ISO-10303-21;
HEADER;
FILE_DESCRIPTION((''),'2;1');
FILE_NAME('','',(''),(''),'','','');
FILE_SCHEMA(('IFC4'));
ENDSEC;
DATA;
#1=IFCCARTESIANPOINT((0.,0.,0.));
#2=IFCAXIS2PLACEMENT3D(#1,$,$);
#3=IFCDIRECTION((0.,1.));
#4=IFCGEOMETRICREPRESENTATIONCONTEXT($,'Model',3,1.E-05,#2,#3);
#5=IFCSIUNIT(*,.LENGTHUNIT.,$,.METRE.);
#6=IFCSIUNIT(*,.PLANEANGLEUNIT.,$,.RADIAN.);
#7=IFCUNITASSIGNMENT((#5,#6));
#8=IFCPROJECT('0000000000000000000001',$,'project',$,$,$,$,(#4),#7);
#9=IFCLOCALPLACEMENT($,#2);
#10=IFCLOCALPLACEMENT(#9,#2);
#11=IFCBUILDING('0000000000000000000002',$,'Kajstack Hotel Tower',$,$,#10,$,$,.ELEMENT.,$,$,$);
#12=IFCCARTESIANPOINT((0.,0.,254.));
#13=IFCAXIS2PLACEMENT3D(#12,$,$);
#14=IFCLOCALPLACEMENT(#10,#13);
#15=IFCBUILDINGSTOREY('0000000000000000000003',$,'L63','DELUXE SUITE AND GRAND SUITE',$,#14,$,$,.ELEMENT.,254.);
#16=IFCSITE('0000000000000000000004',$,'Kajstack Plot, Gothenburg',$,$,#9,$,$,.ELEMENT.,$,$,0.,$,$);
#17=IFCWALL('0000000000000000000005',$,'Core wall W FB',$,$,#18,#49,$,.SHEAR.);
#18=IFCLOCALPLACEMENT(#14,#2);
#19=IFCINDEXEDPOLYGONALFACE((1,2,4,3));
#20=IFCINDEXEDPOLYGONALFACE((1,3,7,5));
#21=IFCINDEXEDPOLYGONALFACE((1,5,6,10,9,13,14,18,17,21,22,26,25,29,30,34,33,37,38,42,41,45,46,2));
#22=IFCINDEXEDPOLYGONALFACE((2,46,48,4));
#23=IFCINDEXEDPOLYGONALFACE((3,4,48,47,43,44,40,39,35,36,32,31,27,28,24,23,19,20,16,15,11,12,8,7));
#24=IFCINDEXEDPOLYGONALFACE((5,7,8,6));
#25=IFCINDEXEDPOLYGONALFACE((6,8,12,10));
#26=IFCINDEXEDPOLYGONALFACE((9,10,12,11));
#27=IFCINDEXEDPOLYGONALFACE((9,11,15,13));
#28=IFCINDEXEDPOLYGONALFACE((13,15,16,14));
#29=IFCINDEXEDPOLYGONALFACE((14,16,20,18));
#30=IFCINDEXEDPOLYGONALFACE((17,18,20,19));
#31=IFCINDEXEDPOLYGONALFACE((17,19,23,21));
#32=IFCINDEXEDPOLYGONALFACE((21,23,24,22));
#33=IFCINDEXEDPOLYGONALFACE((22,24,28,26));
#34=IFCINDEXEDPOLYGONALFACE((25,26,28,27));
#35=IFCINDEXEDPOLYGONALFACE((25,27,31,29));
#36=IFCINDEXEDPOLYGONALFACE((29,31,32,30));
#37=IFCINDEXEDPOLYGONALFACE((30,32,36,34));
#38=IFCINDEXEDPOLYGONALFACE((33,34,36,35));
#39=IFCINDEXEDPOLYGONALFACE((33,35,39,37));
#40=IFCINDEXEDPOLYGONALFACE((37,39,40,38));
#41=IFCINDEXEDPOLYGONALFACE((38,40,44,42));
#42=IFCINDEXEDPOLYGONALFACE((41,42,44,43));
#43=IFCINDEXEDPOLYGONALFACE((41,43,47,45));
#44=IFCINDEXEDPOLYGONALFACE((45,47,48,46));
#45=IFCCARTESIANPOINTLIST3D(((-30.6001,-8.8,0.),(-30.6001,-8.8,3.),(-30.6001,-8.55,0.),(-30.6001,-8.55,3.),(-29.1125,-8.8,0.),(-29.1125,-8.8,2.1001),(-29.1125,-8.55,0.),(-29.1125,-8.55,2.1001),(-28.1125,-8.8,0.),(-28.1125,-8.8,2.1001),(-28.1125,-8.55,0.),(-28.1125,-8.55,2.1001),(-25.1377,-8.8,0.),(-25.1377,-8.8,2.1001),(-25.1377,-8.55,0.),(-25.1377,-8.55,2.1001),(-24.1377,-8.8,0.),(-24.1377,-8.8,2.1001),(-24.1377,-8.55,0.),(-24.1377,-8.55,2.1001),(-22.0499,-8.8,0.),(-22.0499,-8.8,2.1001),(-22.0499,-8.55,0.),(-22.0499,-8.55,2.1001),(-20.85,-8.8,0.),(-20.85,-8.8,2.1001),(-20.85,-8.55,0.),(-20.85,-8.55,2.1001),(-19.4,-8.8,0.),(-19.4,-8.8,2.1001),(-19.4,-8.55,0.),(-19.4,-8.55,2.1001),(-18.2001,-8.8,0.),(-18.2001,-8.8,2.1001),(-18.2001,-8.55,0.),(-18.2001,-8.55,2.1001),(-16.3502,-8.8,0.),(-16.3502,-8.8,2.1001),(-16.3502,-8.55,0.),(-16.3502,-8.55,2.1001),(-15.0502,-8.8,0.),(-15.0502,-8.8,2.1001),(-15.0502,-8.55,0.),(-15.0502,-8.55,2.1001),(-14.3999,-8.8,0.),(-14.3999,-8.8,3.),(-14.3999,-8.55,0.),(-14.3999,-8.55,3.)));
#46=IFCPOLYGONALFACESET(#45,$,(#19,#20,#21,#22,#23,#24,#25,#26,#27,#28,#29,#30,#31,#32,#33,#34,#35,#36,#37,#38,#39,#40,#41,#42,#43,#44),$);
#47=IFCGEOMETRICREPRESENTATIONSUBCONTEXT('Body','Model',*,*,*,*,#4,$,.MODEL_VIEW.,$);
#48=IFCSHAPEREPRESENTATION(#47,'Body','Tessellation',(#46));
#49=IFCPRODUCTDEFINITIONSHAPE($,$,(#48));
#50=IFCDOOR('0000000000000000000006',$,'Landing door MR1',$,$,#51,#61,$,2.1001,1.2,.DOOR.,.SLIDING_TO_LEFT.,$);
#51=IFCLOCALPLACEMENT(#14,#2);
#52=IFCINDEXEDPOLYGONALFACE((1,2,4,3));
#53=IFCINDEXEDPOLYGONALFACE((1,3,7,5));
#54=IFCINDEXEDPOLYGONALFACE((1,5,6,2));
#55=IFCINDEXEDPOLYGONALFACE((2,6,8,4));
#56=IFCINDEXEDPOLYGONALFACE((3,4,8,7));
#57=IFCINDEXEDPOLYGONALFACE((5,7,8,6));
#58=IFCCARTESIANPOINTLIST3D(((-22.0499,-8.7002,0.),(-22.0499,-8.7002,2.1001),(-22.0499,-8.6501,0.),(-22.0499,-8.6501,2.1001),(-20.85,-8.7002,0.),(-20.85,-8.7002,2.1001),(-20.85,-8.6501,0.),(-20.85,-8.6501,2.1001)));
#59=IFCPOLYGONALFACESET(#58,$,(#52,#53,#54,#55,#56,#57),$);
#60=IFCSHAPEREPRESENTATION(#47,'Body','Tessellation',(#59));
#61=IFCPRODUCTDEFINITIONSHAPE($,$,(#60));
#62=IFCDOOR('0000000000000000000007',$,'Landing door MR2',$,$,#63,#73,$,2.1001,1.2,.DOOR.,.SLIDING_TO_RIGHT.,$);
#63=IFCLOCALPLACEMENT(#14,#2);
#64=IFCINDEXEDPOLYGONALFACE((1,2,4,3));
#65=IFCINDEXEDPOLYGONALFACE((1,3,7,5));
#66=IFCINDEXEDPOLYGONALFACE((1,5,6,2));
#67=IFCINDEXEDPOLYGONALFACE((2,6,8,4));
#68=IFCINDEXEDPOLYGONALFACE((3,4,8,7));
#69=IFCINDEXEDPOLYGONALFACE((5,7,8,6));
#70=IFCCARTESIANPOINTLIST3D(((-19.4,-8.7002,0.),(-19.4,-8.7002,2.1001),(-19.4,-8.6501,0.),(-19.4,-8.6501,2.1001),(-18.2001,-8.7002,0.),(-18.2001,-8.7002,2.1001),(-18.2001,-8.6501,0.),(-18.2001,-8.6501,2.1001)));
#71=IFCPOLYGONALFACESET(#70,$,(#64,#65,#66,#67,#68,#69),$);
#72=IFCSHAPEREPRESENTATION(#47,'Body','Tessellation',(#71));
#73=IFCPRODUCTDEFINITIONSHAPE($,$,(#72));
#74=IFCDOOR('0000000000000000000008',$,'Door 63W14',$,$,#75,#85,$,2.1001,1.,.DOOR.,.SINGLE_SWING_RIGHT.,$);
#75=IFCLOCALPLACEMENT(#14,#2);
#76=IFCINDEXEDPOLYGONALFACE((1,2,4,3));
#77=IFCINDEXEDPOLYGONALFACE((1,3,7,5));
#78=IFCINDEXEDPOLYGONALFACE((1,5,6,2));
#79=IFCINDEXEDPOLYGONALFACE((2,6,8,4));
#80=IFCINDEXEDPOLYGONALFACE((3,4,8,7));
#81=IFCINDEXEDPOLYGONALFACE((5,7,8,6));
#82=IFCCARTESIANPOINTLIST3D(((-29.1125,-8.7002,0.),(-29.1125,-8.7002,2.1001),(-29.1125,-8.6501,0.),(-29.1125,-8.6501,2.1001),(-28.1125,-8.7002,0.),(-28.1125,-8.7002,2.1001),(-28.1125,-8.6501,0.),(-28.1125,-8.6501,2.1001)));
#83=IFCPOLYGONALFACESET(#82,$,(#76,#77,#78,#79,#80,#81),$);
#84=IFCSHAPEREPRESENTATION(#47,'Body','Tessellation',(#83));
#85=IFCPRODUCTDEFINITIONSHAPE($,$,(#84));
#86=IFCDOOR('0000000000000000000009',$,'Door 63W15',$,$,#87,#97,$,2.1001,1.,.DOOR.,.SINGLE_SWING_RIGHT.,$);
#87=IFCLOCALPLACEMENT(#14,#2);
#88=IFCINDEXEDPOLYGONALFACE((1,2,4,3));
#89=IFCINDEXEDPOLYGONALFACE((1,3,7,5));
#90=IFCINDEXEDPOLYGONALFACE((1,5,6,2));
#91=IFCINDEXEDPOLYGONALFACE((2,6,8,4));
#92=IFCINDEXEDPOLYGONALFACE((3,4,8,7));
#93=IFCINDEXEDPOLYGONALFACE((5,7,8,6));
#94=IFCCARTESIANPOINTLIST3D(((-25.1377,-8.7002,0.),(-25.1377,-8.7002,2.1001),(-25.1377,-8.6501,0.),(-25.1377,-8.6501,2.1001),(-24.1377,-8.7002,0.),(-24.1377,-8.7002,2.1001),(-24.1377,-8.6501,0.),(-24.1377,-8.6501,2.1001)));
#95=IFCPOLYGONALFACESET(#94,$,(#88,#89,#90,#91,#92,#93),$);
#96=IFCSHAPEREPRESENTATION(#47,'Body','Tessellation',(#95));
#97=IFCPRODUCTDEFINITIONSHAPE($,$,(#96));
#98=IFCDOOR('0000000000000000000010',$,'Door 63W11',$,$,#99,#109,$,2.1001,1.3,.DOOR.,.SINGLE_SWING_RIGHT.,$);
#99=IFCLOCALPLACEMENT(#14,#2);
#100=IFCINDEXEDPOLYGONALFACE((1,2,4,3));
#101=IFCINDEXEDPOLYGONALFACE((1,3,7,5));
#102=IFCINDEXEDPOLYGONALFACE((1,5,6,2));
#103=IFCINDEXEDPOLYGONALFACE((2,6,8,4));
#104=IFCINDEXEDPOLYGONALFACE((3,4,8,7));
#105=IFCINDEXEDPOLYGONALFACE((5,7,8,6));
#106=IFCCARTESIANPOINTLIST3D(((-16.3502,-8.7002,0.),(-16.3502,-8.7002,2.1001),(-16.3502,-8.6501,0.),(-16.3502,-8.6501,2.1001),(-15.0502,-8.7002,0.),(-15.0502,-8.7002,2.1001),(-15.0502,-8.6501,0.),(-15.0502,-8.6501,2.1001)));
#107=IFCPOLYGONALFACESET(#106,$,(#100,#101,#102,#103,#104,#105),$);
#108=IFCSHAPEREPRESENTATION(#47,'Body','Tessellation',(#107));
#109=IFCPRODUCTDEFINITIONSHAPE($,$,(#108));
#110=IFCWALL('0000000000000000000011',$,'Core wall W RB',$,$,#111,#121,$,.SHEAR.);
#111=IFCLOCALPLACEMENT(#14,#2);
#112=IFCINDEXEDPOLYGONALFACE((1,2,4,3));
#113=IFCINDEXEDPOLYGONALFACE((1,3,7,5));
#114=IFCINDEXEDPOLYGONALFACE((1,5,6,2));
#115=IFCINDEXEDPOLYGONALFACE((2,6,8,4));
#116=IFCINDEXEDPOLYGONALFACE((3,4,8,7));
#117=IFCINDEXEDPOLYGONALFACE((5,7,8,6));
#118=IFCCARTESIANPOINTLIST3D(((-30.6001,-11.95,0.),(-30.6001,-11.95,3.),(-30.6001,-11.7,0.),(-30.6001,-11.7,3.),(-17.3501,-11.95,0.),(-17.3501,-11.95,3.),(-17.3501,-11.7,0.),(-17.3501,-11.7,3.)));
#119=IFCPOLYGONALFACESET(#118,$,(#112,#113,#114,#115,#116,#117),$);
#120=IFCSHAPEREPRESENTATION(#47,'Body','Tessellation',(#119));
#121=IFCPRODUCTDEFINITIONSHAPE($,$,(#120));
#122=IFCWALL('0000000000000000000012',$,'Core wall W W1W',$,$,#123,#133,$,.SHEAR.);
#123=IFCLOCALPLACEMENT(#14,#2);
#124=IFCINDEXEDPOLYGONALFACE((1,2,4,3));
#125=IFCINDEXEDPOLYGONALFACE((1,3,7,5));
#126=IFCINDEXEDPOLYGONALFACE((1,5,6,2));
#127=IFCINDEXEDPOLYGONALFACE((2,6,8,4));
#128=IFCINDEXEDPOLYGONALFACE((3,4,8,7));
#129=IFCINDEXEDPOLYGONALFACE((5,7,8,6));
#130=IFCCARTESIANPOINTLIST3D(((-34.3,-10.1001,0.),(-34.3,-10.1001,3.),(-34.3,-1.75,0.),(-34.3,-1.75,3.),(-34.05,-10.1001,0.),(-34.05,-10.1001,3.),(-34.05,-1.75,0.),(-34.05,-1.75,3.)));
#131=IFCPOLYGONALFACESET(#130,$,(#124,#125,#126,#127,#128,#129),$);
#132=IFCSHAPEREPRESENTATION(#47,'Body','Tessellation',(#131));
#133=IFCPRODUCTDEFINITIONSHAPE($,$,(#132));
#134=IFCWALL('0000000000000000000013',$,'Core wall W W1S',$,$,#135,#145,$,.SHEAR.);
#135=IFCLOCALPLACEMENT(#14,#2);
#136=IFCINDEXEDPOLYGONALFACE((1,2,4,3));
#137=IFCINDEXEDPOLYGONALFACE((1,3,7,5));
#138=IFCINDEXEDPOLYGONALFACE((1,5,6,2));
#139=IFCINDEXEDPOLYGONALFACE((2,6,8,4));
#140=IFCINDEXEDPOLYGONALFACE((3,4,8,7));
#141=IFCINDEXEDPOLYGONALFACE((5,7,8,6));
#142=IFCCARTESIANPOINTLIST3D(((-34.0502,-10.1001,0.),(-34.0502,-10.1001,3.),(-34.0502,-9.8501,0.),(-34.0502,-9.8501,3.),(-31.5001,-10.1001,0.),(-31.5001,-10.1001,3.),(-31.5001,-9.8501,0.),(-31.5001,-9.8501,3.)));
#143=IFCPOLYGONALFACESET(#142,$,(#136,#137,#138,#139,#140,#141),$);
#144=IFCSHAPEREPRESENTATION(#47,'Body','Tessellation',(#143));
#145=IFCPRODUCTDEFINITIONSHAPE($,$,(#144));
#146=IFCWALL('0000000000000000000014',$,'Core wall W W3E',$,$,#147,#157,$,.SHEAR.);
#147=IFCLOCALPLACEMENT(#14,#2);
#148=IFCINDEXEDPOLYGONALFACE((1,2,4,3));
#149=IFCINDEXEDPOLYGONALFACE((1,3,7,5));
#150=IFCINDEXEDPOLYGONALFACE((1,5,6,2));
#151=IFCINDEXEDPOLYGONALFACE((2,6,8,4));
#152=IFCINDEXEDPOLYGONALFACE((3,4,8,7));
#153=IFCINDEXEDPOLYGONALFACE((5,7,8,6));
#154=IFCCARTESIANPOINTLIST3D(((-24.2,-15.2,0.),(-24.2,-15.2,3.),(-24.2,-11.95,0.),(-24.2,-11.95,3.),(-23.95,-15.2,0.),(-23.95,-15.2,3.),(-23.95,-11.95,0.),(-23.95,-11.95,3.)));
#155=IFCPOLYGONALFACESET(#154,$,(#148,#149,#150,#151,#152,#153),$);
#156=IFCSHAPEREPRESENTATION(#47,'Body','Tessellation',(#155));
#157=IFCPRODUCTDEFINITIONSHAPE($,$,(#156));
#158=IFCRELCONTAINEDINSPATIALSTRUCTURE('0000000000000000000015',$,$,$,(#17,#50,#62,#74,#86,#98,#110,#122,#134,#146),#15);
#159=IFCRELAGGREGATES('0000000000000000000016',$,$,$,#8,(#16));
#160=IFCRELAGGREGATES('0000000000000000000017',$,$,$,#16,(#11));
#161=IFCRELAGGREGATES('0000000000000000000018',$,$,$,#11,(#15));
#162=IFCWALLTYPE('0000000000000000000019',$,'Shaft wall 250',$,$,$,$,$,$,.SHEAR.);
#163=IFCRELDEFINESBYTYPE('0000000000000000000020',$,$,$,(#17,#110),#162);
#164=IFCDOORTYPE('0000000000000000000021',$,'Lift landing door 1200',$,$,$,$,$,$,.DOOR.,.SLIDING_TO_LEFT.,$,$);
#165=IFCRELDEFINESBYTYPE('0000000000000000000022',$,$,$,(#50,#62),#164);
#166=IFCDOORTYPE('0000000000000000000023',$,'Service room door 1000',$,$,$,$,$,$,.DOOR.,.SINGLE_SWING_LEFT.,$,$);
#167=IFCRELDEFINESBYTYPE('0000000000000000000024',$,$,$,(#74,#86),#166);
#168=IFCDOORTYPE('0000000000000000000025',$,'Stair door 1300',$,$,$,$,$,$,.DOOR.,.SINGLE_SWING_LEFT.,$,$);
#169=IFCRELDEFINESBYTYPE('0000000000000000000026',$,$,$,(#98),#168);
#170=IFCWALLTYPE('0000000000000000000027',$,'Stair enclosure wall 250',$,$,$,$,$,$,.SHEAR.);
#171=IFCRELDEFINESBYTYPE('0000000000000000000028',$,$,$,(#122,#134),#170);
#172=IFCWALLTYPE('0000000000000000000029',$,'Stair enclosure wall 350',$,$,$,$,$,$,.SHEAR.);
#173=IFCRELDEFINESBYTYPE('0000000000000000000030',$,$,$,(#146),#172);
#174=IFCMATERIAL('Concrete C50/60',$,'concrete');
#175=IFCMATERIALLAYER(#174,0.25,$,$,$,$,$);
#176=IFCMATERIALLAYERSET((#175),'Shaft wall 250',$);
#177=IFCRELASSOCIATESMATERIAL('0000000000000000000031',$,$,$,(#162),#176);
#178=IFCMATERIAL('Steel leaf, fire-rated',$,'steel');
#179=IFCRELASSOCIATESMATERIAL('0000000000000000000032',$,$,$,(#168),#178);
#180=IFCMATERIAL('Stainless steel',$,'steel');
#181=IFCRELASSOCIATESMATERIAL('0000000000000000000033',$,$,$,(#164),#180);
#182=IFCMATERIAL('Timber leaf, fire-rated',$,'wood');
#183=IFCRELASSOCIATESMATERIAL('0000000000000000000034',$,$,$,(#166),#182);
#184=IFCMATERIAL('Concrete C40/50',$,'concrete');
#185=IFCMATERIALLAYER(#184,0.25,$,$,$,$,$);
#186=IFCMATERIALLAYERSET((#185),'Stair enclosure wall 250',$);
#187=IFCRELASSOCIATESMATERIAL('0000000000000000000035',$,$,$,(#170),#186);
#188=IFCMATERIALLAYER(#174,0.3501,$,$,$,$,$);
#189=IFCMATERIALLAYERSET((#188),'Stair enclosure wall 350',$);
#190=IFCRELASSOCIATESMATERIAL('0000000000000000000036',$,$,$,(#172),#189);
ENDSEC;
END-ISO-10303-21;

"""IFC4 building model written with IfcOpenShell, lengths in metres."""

from ifc_helpers import new_model, si_unit, direction, frame, frame_2d, origin, place, context, subcontext, project, spatial, rectangle, extrude, material, layer, layer_set, type_object, element, fill, save


model = new_model("IFC4")

# Units and contexts
model_context = context("Model", 3, precision=1e-05, world=origin(), true_north=direction((0.0, 1.0)))
body_context = subcontext(model_context, "Body", "Model", "MODEL_VIEW")
ifc_project = project(units=[si_unit("LENGTHUNIT", "METRE"), si_unit("PLANEANGLEUNIT", "RADIAN")], contexts=[model_context])

# Site, building, storey
site_placement = place(None, origin())
site = spatial("IfcSite", under=ifc_project, at=site_placement, Name="Kajstack Plot, Gothenburg", CompositionType="ELEMENT", RefElevation=0.0)
building_placement = place(site_placement, origin())
building = spatial("IfcBuilding", under=site, at=building_placement, Name="Kajstack Hotel Tower", CompositionType="ELEMENT")
storey_placement = place(building_placement, frame((0.0, 0.0, 254.0)))
storey = spatial("IfcBuildingStorey", under=building, at=storey_placement, Name="L63", Description="DELUXE SUITE AND GRAND SUITE", CompositionType="ELEMENT", Elevation=254.0)

# Shared definitions
ifc_material_1 = material(Name="Stainless steel", Category="steel")

# Shared definitions
ifc_material_2 = material(Name="Concrete C40/50", Category="concrete")

# Shared definitions
ifc_material_3 = material(Name="Timber leaf, fire-rated", Category="wood")

# Wall, openings, doors
ifc_material_4 = material(Name="Concrete C50/60", Category="concrete")
ifc_layer_1 = layer(ifc_material_4, 0.25)
ifc_layer_set_1 = layer_set([ifc_layer_1], Name="Shaft wall 250")
wall_type_1 = type_object("IfcWallType", Name="Shaft wall 250", PredefinedType="SHEAR", material=ifc_layer_set_1)
ifc_material_5 = material(Name="Steel leaf, fire-rated", Category="steel")
door_type_1 = type_object("IfcDoorType", Name="Stair door 1300", OperationType="SINGLE_SWING_LEFT", PredefinedType="DOOR", material=ifc_material_5)
wall_1_placement = place(storey_placement, frame((-30.6001, -8.675, 0.0), z_axis=(0.0, 0.0, 1.0), x_axis=(1.0, 0.0, 0.0)))
wall_1 = element("IfcWall", 1, at=wall_1_placement, inside=storey, type_object=wall_type_1, Name="Core wall W FB", PredefinedType="SHEAR", context=body_context, shape_type="SweptSolid", body=[
    extrude(rectangle(XDim=16.2002, YDim=0.25, at=frame_2d((8.1001, 0.0))), origin(), (0.0, 0.0, 1.0), 3.0),
])
opening_1_placement = place(wall_1_placement, frame((8.55, 0.0, 0.0)))
opening_1 = element("IfcOpeningElement", 2, at=opening_1_placement, cuts=wall_1, PredefinedType="OPENING", context=body_context, shape_type="SweptSolid", body=[
    extrude(rectangle(XDim=1.2, YDim=2.1001, at=frame_2d((0.6001, 1.05))), frame((0.0, 0.135, 0.0), z_axis=(0.0, -1.0, 0.0), x_axis=(1.0, 0.0, 0.0)), (0.0, 0.0, 1.0), 0.27),
])
opening_2_placement = place(wall_1_placement, frame((11.2, 0.0, 0.0)))
opening_2 = element("IfcOpeningElement", 3, at=opening_2_placement, cuts=wall_1, PredefinedType="OPENING", context=body_context, shape_type="SweptSolid", body=[
    extrude(rectangle(XDim=1.2, YDim=2.1001, at=frame_2d((0.6001, 1.05))), frame((0.0, 0.135, 0.0), z_axis=(0.0, -1.0, 0.0), x_axis=(1.0, 0.0, 0.0)), (0.0, 0.0, 1.0), 0.27),
])
opening_3_placement = place(wall_1_placement, frame((14.25, 0.0, 0.0)))
opening_3 = element("IfcOpeningElement", 4, at=opening_3_placement, cuts=wall_1, PredefinedType="OPENING", context=body_context, shape_type="SweptSolid", body=[
    extrude(rectangle(XDim=1.3, YDim=2.1001, at=frame_2d((0.6499, 1.05))), frame((0.0, 0.135, 0.0), z_axis=(0.0, -1.0, 0.0), x_axis=(1.0, 0.0, 0.0)), (0.0, 0.0, 1.0), 0.27),
])
opening_4_placement = place(wall_1_placement, frame((1.4875, 0.0, 0.0)))
opening_4 = element("IfcOpeningElement", 5, at=opening_4_placement, cuts=wall_1, PredefinedType="OPENING", context=body_context, shape_type="SweptSolid", body=[
    extrude(rectangle(XDim=1.0, YDim=2.1001, at=frame_2d((0.5, 1.05))), frame((0.0, 0.135, 0.0), z_axis=(0.0, -1.0, 0.0), x_axis=(1.0, 0.0, 0.0)), (0.0, 0.0, 1.0), 0.27),
])
opening_5_placement = place(wall_1_placement, frame((5.4624, 0.0, 0.0)))
opening_5 = element("IfcOpeningElement", 6, at=opening_5_placement, cuts=wall_1, PredefinedType="OPENING", context=body_context, shape_type="SweptSolid", body=[
    extrude(rectangle(XDim=1.0, YDim=2.1001, at=frame_2d((0.5, 1.05))), frame((0.0, 0.135, 0.0), z_axis=(0.0, -1.0, 0.0), x_axis=(1.0, 0.0, 0.0)), (0.0, 0.0, 1.0), 0.27),
])
door_type_2 = type_object("IfcDoorType", Name="Lift landing door 1200", OperationType="SLIDING_TO_LEFT", PredefinedType="DOOR", material=ifc_material_1)
door_1_placement = place(opening_1_placement, origin())
door_1 = element("IfcDoor", 7, at=door_1_placement, inside=storey, type_object=door_type_2, Name="Landing door MR1", OperationType="SLIDING_TO_LEFT", OverallHeight=2.1001, OverallWidth=1.2, PredefinedType="DOOR", context=body_context, shape_type="SweptSolid", body=[
    extrude(rectangle(XDim=1.2, YDim=2.1001, at=frame_2d((0.6001, 1.05))), frame((0.0, 0.0249, 0.0), z_axis=(0.0, -1.0, 0.0), x_axis=(1.0, 0.0, 0.0)), (0.0, 0.0, 1.0), 0.05),
])
fill(opening_1, door_1)
door_2_placement = place(opening_2_placement, origin())
door_2 = element("IfcDoor", 8, at=door_2_placement, inside=storey, type_object=door_type_2, Name="Landing door MR2", OperationType="SLIDING_TO_RIGHT", OverallHeight=2.1001, OverallWidth=1.2, PredefinedType="DOOR", context=body_context, shape_type="SweptSolid", body=[
    extrude(rectangle(XDim=1.2, YDim=2.1001, at=frame_2d((0.6001, 1.05))), frame((0.0, 0.0249, 0.0), z_axis=(0.0, -1.0, 0.0), x_axis=(1.0, 0.0, 0.0)), (0.0, 0.0, 1.0), 0.05),
])
fill(opening_2, door_2)
door_type_3 = type_object("IfcDoorType", Name="Service room door 1000", OperationType="SINGLE_SWING_LEFT", PredefinedType="DOOR", material=ifc_material_3)
door_3_placement = place(opening_4_placement, origin())
door_3 = element("IfcDoor", 9, at=door_3_placement, inside=storey, type_object=door_type_3, Name="Door 63W14", OperationType="SINGLE_SWING_RIGHT", OverallHeight=2.1001, OverallWidth=1.0, PredefinedType="DOOR", context=body_context, shape_type="SweptSolid", body=[
    extrude(rectangle(XDim=1.0, YDim=2.1001, at=frame_2d((0.5, 1.05))), frame((0.0, 0.0249, 0.0), z_axis=(0.0, -1.0, 0.0), x_axis=(1.0, 0.0, 0.0)), (0.0, 0.0, 1.0), 0.05),
])
fill(opening_4, door_3)
door_4_placement = place(opening_5_placement, origin())
door_4 = element("IfcDoor", 10, at=door_4_placement, inside=storey, type_object=door_type_3, Name="Door 63W15", OperationType="SINGLE_SWING_RIGHT", OverallHeight=2.1001, OverallWidth=1.0, PredefinedType="DOOR", context=body_context, shape_type="SweptSolid", body=[
    extrude(rectangle(XDim=1.0, YDim=2.1001, at=frame_2d((0.5, 1.05))), frame((0.0, 0.0249, 0.0), z_axis=(0.0, -1.0, 0.0), x_axis=(1.0, 0.0, 0.0)), (0.0, 0.0, 1.0), 0.05),
])
fill(opening_5, door_4)
door_5_placement = place(opening_3_placement, origin())
door_5 = element("IfcDoor", 11, at=door_5_placement, inside=storey, type_object=door_type_1, Name="Door 63W11", OperationType="SINGLE_SWING_RIGHT", OverallHeight=2.1001, OverallWidth=1.3, PredefinedType="DOOR", context=body_context, shape_type="SweptSolid", body=[
    extrude(rectangle(XDim=1.3, YDim=2.1001, at=frame_2d((0.6499, 1.05))), frame((0.0, 0.0249, 0.0), z_axis=(0.0, -1.0, 0.0), x_axis=(1.0, 0.0, 0.0)), (0.0, 0.0, 1.0), 0.05),
])
fill(opening_3, door_5)

# Walls
wall_2_placement = place(storey_placement, frame((-30.6001, -11.825, 0.0), z_axis=(0.0, 0.0, 1.0), x_axis=(1.0, 0.0, 0.0)))
element("IfcWall", 12, at=wall_2_placement, inside=storey, type_object=wall_type_1, Name="Core wall W RB", PredefinedType="SHEAR", context=body_context, shape_type="SweptSolid", body=[
    extrude(rectangle(XDim=13.25, YDim=0.25, at=frame_2d((6.625, 0.0))), origin(), (0.0, 0.0, 1.0), 3.0),
])
ifc_layer_2 = layer(ifc_material_2, 0.25)
ifc_layer_set_2 = layer_set([ifc_layer_2], Name="Stair enclosure wall 250")
wall_type_2 = type_object("IfcWallType", Name="Stair enclosure wall 250", PredefinedType="SHEAR", material=ifc_layer_set_2)
wall_3_placement = place(storey_placement, frame((-34.175, -10.1001, 0.0), z_axis=(0.0, 0.0, 1.0), x_axis=(0.0, 1.0, 0.0)))
element("IfcWall", 13, at=wall_3_placement, inside=storey, type_object=wall_type_2, Name="Core wall W W1W", PredefinedType="SHEAR", context=body_context, shape_type="SweptSolid", body=[
    extrude(rectangle(XDim=8.3501, YDim=0.25, at=frame_2d((4.175, 0.0))), origin(), (0.0, 0.0, 1.0), 3.0),
])
wall_4_placement = place(storey_placement, frame((-34.05, -9.9751, 0.0), z_axis=(0.0, 0.0, 1.0), x_axis=(1.0, 0.0, 0.0)))
element("IfcWall", 14, at=wall_4_placement, inside=storey, type_object=wall_type_2, Name="Core wall W W1S", PredefinedType="SHEAR", context=body_context, shape_type="SweptSolid", body=[
    extrude(rectangle(XDim=2.55, YDim=0.25, at=frame_2d((1.2749, 0.0))), origin(), (0.0, 0.0, 1.0), 3.0),
])
ifc_layer_3 = layer(ifc_material_4, 0.3501)
ifc_layer_set_3 = layer_set([ifc_layer_3], Name="Stair enclosure wall 350")
wall_type_3 = type_object("IfcWallType", Name="Stair enclosure wall 350", PredefinedType="SHEAR", material=ifc_layer_set_3)
wall_5_placement = place(storey_placement, frame((-24.075, -15.2, 0.0), z_axis=(0.0, 0.0, 1.0), x_axis=(0.0, 1.0, 0.0)))
element("IfcWall", 15, at=wall_5_placement, inside=storey, type_object=wall_type_3, Name="Core wall W W3E", PredefinedType="SHEAR", context=body_context, shape_type="SweptSolid", body=[
    extrude(rectangle(XDim=3.25, YDim=0.25, at=frame_2d((1.625, 0.0))), origin(), (0.0, 0.0, 1.0), 3.0),
])

save(model, "model.ifc")
